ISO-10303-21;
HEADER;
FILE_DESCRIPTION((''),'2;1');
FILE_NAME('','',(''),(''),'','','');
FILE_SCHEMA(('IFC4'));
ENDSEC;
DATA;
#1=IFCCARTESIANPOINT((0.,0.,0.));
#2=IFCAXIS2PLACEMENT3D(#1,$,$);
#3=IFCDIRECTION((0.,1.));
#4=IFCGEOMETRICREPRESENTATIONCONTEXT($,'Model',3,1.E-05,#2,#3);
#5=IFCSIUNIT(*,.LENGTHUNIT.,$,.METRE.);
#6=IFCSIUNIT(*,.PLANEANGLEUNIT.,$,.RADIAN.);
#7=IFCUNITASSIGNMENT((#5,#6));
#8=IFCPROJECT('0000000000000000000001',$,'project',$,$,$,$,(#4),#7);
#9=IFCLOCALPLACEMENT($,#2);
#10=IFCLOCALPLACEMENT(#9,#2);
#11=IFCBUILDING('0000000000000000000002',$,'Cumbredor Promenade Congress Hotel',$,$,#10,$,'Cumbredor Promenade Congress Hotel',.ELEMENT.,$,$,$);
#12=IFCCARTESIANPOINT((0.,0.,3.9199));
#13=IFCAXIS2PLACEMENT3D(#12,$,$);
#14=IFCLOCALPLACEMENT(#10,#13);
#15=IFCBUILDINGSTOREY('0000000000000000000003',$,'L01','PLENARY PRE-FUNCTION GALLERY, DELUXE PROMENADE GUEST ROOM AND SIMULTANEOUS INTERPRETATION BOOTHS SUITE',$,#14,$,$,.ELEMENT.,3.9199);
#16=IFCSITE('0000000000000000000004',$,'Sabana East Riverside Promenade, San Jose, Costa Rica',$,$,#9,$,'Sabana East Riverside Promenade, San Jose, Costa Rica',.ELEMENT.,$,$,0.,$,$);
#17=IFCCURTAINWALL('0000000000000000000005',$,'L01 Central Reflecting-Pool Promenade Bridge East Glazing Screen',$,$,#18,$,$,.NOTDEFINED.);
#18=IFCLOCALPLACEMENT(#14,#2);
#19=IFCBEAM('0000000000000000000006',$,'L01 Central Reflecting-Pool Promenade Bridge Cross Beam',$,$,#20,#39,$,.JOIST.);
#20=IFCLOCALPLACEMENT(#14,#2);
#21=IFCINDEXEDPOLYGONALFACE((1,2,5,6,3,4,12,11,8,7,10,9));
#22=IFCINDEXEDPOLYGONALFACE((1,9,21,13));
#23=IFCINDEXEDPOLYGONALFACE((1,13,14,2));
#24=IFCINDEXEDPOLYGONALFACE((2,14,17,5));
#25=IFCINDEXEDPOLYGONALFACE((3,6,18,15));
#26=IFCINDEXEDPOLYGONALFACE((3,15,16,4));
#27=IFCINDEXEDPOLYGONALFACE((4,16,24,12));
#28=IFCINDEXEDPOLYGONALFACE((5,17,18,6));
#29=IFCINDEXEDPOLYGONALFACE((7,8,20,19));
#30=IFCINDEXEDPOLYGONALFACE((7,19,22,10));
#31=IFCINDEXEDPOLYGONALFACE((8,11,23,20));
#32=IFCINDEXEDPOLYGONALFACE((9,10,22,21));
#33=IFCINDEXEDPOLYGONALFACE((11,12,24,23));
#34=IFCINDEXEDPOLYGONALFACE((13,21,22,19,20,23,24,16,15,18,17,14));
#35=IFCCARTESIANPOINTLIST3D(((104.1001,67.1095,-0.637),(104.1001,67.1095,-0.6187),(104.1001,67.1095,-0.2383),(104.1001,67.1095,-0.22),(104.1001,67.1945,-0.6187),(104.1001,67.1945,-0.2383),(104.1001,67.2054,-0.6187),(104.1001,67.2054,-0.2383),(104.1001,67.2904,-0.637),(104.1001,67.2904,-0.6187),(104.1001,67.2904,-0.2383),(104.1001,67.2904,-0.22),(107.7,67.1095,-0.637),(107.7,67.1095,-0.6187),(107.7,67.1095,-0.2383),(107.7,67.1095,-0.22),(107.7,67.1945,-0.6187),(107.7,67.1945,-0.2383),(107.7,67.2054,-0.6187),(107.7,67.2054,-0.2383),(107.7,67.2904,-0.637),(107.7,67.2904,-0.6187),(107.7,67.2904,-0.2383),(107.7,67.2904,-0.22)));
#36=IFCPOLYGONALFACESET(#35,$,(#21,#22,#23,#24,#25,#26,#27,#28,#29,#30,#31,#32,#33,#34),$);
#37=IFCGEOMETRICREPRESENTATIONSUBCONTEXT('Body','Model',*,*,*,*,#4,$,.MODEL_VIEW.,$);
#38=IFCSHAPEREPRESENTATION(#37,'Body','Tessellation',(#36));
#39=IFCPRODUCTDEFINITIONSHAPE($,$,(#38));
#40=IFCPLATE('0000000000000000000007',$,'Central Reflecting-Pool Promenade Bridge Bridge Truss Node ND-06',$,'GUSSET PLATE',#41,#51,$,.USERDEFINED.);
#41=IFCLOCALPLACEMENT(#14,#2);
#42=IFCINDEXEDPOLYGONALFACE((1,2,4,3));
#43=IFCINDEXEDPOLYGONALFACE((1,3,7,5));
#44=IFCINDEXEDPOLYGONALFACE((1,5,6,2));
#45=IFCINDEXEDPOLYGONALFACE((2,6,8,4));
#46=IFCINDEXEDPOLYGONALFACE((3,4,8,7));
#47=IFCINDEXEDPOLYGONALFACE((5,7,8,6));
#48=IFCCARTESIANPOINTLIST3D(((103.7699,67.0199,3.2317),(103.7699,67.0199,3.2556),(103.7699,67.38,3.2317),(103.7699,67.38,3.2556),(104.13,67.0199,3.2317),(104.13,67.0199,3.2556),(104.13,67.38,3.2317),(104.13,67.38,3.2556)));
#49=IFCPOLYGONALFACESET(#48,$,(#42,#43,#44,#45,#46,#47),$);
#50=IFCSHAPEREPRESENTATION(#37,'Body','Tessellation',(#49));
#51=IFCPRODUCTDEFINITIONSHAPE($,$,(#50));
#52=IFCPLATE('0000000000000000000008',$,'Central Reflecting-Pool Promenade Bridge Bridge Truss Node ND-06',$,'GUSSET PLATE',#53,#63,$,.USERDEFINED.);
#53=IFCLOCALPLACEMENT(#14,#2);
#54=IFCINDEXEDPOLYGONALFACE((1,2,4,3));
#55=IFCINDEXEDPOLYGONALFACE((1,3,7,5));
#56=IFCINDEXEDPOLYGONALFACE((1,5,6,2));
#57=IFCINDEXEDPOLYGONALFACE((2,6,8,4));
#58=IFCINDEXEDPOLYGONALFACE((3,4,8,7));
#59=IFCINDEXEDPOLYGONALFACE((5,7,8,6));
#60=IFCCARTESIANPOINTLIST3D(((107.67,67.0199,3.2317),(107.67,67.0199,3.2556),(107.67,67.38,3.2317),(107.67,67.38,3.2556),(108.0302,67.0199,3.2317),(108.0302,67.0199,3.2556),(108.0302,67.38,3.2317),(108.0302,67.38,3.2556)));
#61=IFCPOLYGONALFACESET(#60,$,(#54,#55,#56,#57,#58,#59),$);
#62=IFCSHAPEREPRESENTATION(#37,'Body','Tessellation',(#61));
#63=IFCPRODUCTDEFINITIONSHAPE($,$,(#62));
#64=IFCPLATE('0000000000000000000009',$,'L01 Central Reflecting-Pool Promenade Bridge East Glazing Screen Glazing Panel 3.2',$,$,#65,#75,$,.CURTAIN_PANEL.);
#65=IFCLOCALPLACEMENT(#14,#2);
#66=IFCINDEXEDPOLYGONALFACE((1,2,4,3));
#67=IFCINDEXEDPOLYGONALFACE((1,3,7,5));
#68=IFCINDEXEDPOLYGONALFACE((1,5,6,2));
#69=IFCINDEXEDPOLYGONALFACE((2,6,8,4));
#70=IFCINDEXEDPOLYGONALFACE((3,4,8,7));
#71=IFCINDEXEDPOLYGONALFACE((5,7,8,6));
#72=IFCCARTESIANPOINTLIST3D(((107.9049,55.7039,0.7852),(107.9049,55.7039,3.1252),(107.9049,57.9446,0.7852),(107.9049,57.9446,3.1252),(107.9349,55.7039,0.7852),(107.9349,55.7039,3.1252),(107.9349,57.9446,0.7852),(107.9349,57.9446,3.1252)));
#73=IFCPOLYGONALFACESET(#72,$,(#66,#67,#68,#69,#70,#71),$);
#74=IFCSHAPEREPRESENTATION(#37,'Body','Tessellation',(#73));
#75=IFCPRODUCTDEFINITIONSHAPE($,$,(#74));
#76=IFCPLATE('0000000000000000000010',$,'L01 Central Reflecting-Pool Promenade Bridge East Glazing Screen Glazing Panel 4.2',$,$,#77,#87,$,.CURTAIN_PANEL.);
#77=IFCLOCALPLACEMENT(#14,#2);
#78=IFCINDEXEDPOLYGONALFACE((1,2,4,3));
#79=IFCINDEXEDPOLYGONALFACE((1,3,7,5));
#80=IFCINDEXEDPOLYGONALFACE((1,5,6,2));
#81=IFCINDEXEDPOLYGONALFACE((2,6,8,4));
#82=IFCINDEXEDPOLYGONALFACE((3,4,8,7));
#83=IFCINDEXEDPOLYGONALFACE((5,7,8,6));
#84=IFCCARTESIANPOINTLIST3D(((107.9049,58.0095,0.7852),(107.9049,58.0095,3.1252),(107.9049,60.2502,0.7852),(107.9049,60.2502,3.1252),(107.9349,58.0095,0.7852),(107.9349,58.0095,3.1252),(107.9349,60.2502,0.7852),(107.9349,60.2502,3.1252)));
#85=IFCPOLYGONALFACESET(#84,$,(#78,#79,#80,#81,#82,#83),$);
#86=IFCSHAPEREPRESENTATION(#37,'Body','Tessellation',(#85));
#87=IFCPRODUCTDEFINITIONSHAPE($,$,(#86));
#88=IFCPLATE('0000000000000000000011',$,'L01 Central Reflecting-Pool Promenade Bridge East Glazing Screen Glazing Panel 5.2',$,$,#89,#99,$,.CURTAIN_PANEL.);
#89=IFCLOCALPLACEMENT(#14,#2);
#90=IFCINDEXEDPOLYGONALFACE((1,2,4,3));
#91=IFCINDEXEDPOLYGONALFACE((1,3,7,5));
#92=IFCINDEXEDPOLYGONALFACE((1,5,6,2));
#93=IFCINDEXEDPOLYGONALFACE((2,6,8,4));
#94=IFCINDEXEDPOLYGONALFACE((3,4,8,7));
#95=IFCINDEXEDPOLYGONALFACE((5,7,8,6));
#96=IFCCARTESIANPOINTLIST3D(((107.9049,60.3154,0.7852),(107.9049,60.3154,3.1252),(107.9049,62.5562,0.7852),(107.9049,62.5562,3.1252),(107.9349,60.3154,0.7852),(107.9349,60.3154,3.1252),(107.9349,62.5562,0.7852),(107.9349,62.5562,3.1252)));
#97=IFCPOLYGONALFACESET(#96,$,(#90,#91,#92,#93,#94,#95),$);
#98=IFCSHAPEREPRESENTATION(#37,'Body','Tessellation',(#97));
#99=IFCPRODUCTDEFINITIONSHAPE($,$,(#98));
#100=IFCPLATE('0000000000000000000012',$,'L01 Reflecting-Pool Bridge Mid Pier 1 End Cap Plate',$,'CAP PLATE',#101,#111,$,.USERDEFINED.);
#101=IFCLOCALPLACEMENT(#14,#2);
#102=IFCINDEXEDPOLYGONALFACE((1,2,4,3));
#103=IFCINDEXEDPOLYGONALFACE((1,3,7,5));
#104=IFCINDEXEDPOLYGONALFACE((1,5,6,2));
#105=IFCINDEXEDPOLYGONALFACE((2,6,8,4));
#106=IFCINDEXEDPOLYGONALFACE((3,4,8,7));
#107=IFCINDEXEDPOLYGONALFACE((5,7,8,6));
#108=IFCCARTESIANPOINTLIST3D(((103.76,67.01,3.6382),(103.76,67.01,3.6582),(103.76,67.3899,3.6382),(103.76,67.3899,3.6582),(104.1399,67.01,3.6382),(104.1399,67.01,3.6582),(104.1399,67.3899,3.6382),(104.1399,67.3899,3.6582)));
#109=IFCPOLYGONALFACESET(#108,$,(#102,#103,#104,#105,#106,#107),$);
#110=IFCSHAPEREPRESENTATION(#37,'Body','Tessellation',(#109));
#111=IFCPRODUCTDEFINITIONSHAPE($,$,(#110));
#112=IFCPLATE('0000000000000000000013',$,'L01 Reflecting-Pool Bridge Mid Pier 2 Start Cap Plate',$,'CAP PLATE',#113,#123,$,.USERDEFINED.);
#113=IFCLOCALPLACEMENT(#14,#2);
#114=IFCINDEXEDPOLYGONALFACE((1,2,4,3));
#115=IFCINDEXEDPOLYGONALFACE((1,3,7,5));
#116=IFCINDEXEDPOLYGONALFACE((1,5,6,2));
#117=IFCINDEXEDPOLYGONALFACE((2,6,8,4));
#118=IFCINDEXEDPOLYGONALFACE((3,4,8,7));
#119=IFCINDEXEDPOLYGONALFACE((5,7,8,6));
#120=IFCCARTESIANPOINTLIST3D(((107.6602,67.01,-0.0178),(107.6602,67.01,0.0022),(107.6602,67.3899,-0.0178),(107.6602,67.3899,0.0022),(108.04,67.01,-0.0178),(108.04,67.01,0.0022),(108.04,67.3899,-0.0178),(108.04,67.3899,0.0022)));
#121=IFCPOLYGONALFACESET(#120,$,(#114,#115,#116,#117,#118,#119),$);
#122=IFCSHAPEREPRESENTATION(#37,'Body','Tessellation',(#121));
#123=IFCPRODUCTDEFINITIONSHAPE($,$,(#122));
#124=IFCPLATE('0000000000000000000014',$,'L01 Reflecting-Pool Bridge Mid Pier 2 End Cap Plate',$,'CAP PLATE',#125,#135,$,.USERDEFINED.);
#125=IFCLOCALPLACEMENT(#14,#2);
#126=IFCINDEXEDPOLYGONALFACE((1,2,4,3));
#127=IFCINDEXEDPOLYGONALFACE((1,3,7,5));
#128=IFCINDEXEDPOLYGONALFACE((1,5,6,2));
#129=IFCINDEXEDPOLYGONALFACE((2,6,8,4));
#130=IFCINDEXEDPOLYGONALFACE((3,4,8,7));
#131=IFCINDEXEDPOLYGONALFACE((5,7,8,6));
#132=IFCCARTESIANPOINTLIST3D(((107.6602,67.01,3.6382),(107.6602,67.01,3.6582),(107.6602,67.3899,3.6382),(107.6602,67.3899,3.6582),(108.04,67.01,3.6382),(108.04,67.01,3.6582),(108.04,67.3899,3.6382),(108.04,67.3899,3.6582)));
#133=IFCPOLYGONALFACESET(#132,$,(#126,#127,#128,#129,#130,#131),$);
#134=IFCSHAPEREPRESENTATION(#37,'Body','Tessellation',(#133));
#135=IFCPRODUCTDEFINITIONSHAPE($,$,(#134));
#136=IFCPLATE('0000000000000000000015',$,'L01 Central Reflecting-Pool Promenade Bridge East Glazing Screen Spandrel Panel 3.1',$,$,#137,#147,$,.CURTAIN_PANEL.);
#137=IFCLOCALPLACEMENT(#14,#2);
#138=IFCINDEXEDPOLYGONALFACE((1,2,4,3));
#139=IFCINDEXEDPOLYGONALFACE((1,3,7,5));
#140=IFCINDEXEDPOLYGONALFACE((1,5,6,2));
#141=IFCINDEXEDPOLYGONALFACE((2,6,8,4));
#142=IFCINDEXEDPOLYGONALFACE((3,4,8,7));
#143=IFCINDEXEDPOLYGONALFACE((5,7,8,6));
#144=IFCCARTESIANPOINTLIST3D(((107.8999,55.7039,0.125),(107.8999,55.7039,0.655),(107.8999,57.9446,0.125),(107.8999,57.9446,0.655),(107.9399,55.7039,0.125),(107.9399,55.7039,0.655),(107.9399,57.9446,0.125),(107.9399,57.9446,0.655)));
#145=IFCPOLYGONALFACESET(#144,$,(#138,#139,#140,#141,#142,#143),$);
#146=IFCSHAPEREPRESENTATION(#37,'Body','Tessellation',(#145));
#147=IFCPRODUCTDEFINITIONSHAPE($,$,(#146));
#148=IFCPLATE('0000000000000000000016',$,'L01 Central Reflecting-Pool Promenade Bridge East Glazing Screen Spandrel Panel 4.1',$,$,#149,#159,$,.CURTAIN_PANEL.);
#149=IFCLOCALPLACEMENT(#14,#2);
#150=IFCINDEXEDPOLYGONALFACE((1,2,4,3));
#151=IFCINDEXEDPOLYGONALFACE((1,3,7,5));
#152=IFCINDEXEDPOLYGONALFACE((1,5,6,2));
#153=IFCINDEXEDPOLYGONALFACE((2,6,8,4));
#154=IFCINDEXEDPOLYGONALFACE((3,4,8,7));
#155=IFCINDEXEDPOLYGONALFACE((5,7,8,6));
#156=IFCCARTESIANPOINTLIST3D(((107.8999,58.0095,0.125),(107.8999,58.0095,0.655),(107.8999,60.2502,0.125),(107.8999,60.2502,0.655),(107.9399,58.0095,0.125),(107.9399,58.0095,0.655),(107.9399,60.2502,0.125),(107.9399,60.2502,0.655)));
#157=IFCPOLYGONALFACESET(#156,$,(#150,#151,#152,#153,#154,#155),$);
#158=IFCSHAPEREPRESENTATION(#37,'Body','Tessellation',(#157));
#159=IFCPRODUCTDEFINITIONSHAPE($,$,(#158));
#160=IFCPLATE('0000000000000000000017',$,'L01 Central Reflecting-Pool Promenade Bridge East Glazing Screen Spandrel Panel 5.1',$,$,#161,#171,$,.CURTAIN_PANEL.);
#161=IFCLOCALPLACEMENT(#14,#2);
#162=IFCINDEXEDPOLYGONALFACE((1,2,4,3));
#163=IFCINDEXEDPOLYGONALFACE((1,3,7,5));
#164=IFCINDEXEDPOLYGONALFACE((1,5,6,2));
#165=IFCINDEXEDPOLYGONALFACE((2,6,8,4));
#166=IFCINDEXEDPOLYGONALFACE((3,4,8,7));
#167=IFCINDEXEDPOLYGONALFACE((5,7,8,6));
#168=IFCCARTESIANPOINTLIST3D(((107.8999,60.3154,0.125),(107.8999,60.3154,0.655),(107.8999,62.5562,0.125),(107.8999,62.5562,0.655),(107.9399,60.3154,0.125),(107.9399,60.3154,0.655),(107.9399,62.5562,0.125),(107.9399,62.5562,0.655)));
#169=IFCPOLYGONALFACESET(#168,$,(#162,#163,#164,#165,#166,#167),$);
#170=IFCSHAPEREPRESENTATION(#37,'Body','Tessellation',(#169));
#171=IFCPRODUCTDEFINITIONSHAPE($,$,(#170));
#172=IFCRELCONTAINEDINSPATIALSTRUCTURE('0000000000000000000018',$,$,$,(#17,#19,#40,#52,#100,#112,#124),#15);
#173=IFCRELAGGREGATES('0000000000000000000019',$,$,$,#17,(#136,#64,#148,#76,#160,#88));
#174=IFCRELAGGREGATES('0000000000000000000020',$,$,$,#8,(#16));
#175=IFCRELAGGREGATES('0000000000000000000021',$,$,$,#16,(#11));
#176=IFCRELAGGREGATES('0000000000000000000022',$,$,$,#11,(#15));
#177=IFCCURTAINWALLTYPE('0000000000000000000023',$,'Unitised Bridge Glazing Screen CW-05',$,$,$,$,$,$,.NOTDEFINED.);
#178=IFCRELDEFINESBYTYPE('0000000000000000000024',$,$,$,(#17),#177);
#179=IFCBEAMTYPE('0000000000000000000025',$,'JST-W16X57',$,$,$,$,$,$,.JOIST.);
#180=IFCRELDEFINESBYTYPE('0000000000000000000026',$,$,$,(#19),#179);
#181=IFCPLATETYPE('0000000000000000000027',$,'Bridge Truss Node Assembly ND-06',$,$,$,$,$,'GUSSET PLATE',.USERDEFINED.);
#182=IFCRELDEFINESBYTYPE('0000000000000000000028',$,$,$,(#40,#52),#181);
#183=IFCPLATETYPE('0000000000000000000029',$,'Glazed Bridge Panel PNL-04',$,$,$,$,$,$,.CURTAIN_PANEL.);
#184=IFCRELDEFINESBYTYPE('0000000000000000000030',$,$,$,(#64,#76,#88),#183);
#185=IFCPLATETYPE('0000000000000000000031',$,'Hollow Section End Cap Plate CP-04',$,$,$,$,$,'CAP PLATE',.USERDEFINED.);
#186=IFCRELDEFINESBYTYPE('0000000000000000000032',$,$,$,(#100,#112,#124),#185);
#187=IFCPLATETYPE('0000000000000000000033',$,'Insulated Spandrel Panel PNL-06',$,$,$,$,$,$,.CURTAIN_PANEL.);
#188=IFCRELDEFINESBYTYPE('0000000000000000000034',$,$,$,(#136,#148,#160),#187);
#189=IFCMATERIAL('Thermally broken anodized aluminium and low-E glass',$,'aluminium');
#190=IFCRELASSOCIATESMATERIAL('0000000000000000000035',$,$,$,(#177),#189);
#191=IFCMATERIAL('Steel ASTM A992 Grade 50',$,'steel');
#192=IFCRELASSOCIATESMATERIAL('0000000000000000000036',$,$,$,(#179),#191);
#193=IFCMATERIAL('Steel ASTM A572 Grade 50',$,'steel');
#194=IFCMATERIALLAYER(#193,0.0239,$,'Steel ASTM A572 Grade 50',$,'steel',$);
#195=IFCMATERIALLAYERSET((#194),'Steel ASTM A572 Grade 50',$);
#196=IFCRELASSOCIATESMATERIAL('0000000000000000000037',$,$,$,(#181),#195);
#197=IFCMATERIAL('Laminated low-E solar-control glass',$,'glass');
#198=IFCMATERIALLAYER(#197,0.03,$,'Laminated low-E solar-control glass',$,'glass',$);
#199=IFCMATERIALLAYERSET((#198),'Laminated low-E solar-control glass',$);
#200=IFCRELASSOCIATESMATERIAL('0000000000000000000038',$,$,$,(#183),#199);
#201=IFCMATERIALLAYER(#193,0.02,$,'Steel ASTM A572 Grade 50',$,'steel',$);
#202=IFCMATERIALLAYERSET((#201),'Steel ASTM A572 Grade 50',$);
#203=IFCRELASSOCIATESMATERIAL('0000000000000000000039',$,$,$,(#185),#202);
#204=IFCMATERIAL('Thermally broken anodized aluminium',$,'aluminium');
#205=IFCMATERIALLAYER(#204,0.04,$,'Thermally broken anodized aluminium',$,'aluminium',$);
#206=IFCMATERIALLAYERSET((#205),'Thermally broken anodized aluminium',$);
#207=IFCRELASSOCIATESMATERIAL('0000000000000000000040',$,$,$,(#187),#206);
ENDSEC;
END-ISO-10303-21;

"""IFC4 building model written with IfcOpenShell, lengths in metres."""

from ifc_helpers import new_model, si_unit, direction, frame, origin, origin_2d, place, context, subcontext, project, spatial, rectangle, i_section, extrude, material, layer, layer_set, material_profile, profile_set, type_object, element, aggregate, save


model = new_model("IFC4")

# Units and contexts
model_context = context("Model", 3, precision=1e-05, world=origin(), true_north=direction((0.0, 1.0)))
body_context = subcontext(model_context, "Body", "Model", "MODEL_VIEW")
ifc_project = project(units=[si_unit("LENGTHUNIT", "METRE"), si_unit("PLANEANGLEUNIT", "RADIAN")], contexts=[model_context])

# Site, building, storey
site_placement = place(None, origin())
site = spatial("IfcSite", under=ifc_project, at=site_placement, Name="Sabana East Riverside Promenade, San Jose, Costa Rica", LongName="Sabana East Riverside Promenade, San Jose, Costa Rica", CompositionType="ELEMENT", RefElevation=0.0)
building_placement = place(site_placement, origin())
building = spatial("IfcBuilding", under=site, at=building_placement, Name="Cumbredor Promenade Congress Hotel", LongName="Cumbredor Promenade Congress Hotel", CompositionType="ELEMENT")
storey_placement = place(building_placement, frame((0.0, 0.0, 3.9199)))
storey = spatial("IfcBuildingStorey", under=building, at=storey_placement, Name="L01", Description="PLENARY PRE-FUNCTION GALLERY, DELUXE PROMENADE GUEST ROOM AND SIMULTANEOUS INTERPRETATION BOOTHS SUITE", CompositionType="ELEMENT", Elevation=3.9199)

# Curtain wall
ifc_material_1 = material(Name="Thermally broken anodized aluminium and low-E glass", Category="aluminium")
curtain_wall_type = type_object("IfcCurtainWallType", Name="Unitised Bridge Glazing Screen CW-05", PredefinedType="NOTDEFINED", material=ifc_material_1)
curtain_wall_placement = place(storey_placement, origin())
curtain_wall = element("IfcCurtainWall", 1, at=curtain_wall_placement, inside=storey, type_object=curtain_wall_type, Name="L01 Central Reflecting-Pool Promenade Bridge East Glazing Screen", PredefinedType="NOTDEFINED")
ifc_material_2 = material(Name="Thermally broken anodized aluminium", Category="aluminium")

# Beam
ifc_material_3 = material(Name="Steel ASTM A992 Grade 50", Category="steel")
ifc_material_profile_1 = material_profile(ifc_material_3, i_section(OverallWidth=0.1809, OverallDepth=0.417, WebThickness=0.011, FlangeThickness=0.0183, at=origin_2d()), Name="W16X57")
ifc_profile_set_1 = profile_set([ifc_material_profile_1], Name="Steel ASTM A992 Grade 50")
beam_type = type_object("IfcBeamType", Name="JST-W16X57", PredefinedType="JOIST", material=ifc_profile_set_1)
beam_placement = place(storey_placement, frame((104.1001, 67.2, -0.4285), z_axis=(1.0, 0.0, 0.0), x_axis=(0.0, 1.0, 0.0)))
element("IfcBeam", 2, at=beam_placement, inside=storey, type_object=beam_type, Name="L01 Central Reflecting-Pool Promenade Bridge Cross Beam", PredefinedType="JOIST", context=body_context, shape_type="SweptSolid", body=[
    extrude(i_section(OverallWidth=0.1809, OverallDepth=0.417, WebThickness=0.011, FlangeThickness=0.0183, at=origin_2d()), origin(), (0.0, 0.0, 1.0), 3.5999),
])

# Plates
ifc_material_4 = material(Name="Steel ASTM A572 Grade 50", Category="steel")
ifc_layer_1 = layer(ifc_material_4, 0.0239, Name="Steel ASTM A572 Grade 50", Category="steel")
ifc_layer_set_1 = layer_set([ifc_layer_1], Name="Steel ASTM A572 Grade 50")
plate_type_1 = type_object("IfcPlateType", Name="Bridge Truss Node Assembly ND-06", ElementType="GUSSET PLATE", PredefinedType="USERDEFINED", material=ifc_layer_set_1)
for number, where, z_axis, x_axis, name in (
    (3, (103.95, 67.2, 3.2317), (0.0, 0.0, 1.0), (1.0, 0.0, 0.0), "Central Reflecting-Pool Promenade Bridge Bridge Truss Node ND-06"),
    (4, (107.8501, 67.2, 3.2317), (0.0, 0.0, 1.0), (1.0, 0.0, 0.0), "Central Reflecting-Pool Promenade Bridge Bridge Truss Node ND-06"),
):
    element("IfcPlate", number, at=place(storey_placement, frame(where, z_axis=z_axis, x_axis=x_axis)), inside=storey, type_object=plate_type_1, Name=name, ObjectType="GUSSET PLATE", PredefinedType="USERDEFINED", context=body_context, shape_type="SweptSolid", body=[
        extrude(rectangle(XDim=0.3601, YDim=0.3601, at=origin_2d()), origin(), (0.0, 0.0, 1.0), 0.0239),
    ])

# Plates
ifc_material_5 = material(Name="Laminated low-E solar-control glass", Category="glass")
ifc_layer_2 = layer(ifc_material_5, 0.03, Name="Laminated low-E solar-control glass", Category="glass")
ifc_layer_set_2 = layer_set([ifc_layer_2], Name="Laminated low-E solar-control glass")
plate_type_2 = type_object("IfcPlateType", Name="Glazed Bridge Panel PNL-04", PredefinedType="CURTAIN_PANEL", material=ifc_layer_set_2)
plate_1_placement = place(storey_placement, frame((107.9199, 56.8242, 0.7852), z_axis=(0.0, 0.0, 1.0), x_axis=(0.0, 1.0, 0.0)))
plate_1 = element("IfcPlate", 5, at=plate_1_placement, type_object=plate_type_2, Name="L01 Central Reflecting-Pool Promenade Bridge East Glazing Screen Glazing Panel 3.2", PredefinedType="CURTAIN_PANEL", context=body_context, shape_type="SweptSolid", body=[
    extrude(rectangle(XDim=2.2407, YDim=0.03, at=origin_2d()), origin(), (0.0, 0.0, 1.0), 2.3401),
])
plate_2_placement = place(storey_placement, frame((107.9199, 59.1299, 0.7852), z_axis=(0.0, 0.0, 1.0), x_axis=(0.0, 1.0, 0.0)))
plate_2 = element("IfcPlate", 6, at=plate_2_placement, type_object=plate_type_2, Name="L01 Central Reflecting-Pool Promenade Bridge East Glazing Screen Glazing Panel 4.2", PredefinedType="CURTAIN_PANEL", context=body_context, shape_type="SweptSolid", body=[
    extrude(rectangle(XDim=2.2407, YDim=0.03, at=origin_2d()), origin(), (0.0, 0.0, 1.0), 2.3401),
])
plate_3_placement = place(storey_placement, frame((107.9199, 61.4358, 0.7852), z_axis=(0.0, 0.0, 1.0), x_axis=(0.0, 1.0, 0.0)))
plate_3 = element("IfcPlate", 7, at=plate_3_placement, type_object=plate_type_2, Name="L01 Central Reflecting-Pool Promenade Bridge East Glazing Screen Glazing Panel 5.2", PredefinedType="CURTAIN_PANEL", context=body_context, shape_type="SweptSolid", body=[
    extrude(rectangle(XDim=2.2407, YDim=0.03, at=origin_2d()), origin(), (0.0, 0.0, 1.0), 2.3401),
])

# Plates
ifc_layer_3 = layer(ifc_material_4, 0.02, Name="Steel ASTM A572 Grade 50", Category="steel")
ifc_layer_set_3 = layer_set([ifc_layer_3], Name="Steel ASTM A572 Grade 50")
plate_type_3 = type_object("IfcPlateType", Name="Hollow Section End Cap Plate CP-04", ElementType="CAP PLATE", PredefinedType="USERDEFINED", material=ifc_layer_set_3)
for number, where, z_axis, x_axis, name in (
    (8, (103.95, 67.2, 3.6382), (0.0, 0.0, 1.0), (1.0, 0.0, 0.0), "L01 Reflecting-Pool Bridge Mid Pier 1 End Cap Plate"),
    (9, (107.8501, 67.2, -0.0178), (0.0, 0.0, 1.0), (1.0, 0.0, 0.0), "L01 Reflecting-Pool Bridge Mid Pier 2 Start Cap Plate"),
    (10, (107.8501, 67.2, 3.6382), (0.0, 0.0, 1.0), (1.0, 0.0, 0.0), "L01 Reflecting-Pool Bridge Mid Pier 2 End Cap Plate"),
):
    element("IfcPlate", number, at=place(storey_placement, frame(where, z_axis=z_axis, x_axis=x_axis)), inside=storey, type_object=plate_type_3, Name=name, ObjectType="CAP PLATE", PredefinedType="USERDEFINED", context=body_context, shape_type="SweptSolid", body=[
        extrude(rectangle(XDim=0.3799, YDim=0.3799, at=origin_2d()), origin(), (0.0, 0.0, 1.0), 0.02),
    ])

# Plates
ifc_layer_4 = layer(ifc_material_2, 0.04, Name="Thermally broken anodized aluminium", Category="aluminium")
ifc_layer_set_4 = layer_set([ifc_layer_4], Name="Thermally broken anodized aluminium")
plate_type_4 = type_object("IfcPlateType", Name="Insulated Spandrel Panel PNL-06", PredefinedType="CURTAIN_PANEL", material=ifc_layer_set_4)
plate_4_placement = place(storey_placement, frame((107.9199, 56.8242, 0.125), z_axis=(0.0, 0.0, 1.0), x_axis=(0.0, 1.0, 0.0)))
plate_4 = element("IfcPlate", 11, at=plate_4_placement, type_object=plate_type_4, Name="L01 Central Reflecting-Pool Promenade Bridge East Glazing Screen Spandrel Panel 3.1", PredefinedType="CURTAIN_PANEL", context=body_context, shape_type="SweptSolid", body=[
    extrude(rectangle(XDim=2.2407, YDim=0.04, at=origin_2d()), origin(), (0.0, 0.0, 1.0), 0.53),
])
plate_5_placement = place(storey_placement, frame((107.9199, 59.1299, 0.125), z_axis=(0.0, 0.0, 1.0), x_axis=(0.0, 1.0, 0.0)))
plate_5 = element("IfcPlate", 12, at=plate_5_placement, type_object=plate_type_4, Name="L01 Central Reflecting-Pool Promenade Bridge East Glazing Screen Spandrel Panel 4.1", PredefinedType="CURTAIN_PANEL", context=body_context, shape_type="SweptSolid", body=[
    extrude(rectangle(XDim=2.2407, YDim=0.04, at=origin_2d()), origin(), (0.0, 0.0, 1.0), 0.53),
])
plate_6_placement = place(storey_placement, frame((107.9199, 61.4358, 0.125), z_axis=(0.0, 0.0, 1.0), x_axis=(0.0, 1.0, 0.0)))
plate_6 = element("IfcPlate", 13, at=plate_6_placement, type_object=plate_type_4, Name="L01 Central Reflecting-Pool Promenade Bridge East Glazing Screen Spandrel Panel 5.1", PredefinedType="CURTAIN_PANEL", context=body_context, shape_type="SweptSolid", body=[
    extrude(rectangle(XDim=2.2407, YDim=0.04, at=origin_2d()), origin(), (0.0, 0.0, 1.0), 0.53),
])
aggregate(curtain_wall, [plate_4, plate_1, plate_5, plate_2, plate_6, plate_3])

save(model, "model.ifc")
